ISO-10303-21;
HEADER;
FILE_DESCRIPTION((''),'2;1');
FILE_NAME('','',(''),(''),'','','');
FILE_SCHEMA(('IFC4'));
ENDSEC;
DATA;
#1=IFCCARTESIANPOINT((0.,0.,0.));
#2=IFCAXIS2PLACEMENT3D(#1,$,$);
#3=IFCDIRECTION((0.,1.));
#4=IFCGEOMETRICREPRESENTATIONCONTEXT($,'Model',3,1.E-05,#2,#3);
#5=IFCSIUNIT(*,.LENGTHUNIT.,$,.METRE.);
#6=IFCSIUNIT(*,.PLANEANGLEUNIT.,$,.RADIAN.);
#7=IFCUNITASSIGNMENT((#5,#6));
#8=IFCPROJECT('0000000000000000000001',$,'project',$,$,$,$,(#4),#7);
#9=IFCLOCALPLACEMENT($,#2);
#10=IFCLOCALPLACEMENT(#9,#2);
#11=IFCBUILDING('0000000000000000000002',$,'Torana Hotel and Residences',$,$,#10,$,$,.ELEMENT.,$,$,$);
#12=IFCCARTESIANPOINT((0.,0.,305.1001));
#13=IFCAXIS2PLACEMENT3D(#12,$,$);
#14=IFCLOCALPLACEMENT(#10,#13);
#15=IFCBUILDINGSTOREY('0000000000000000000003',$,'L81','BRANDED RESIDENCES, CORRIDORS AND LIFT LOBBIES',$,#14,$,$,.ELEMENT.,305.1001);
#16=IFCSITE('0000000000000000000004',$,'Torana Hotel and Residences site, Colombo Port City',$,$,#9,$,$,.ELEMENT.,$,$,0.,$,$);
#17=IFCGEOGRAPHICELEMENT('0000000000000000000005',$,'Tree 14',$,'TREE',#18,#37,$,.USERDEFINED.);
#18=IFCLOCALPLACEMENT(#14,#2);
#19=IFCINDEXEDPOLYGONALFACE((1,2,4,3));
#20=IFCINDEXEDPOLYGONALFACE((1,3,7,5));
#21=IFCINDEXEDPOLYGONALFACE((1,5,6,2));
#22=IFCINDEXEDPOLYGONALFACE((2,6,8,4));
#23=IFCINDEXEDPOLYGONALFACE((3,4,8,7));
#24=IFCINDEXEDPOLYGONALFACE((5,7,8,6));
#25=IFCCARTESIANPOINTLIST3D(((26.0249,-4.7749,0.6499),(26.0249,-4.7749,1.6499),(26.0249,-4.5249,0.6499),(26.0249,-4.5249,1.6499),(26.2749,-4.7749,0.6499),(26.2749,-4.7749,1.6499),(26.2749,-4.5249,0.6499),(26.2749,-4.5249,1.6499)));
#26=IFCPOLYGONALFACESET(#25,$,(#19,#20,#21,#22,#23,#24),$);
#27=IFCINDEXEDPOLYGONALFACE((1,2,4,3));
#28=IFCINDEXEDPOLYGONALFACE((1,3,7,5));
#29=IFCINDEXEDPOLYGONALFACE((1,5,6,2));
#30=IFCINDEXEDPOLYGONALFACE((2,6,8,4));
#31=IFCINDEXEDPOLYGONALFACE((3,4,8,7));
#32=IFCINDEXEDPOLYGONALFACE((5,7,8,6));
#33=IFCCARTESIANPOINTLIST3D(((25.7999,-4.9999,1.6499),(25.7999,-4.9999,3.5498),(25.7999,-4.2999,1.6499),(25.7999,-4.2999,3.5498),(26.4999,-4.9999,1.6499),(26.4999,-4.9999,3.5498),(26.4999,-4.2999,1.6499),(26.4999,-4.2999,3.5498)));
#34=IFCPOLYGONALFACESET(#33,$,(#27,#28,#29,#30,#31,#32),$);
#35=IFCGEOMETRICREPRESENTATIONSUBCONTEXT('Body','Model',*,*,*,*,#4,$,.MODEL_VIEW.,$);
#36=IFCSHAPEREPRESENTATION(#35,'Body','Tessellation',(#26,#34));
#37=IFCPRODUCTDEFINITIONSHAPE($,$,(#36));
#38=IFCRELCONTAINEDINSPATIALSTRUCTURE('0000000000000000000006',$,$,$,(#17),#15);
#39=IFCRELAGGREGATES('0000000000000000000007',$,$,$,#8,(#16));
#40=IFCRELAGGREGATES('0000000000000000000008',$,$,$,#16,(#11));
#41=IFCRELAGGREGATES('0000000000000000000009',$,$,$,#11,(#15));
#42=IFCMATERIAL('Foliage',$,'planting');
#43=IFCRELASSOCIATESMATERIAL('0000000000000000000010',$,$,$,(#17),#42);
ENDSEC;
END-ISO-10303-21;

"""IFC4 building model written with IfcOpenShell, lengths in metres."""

from ifc_helpers import new_model, si_unit, direction, frame, origin, origin_2d, place, context, subcontext, project, spatial, rectangle, extrude, material, element, save


model = new_model("IFC4")

# Units and contexts
model_context = context("Model", 3, precision=1e-05, world=origin(), true_north=direction((0.0, 1.0)))
body_context = subcontext(model_context, "Body", "Model", "MODEL_VIEW")
ifc_project = project(units=[si_unit("LENGTHUNIT", "METRE"), si_unit("PLANEANGLEUNIT", "RADIAN")], contexts=[model_context])

# Site, building, storey
site_placement = place(None, origin())
site = spatial("IfcSite", under=ifc_project, at=site_placement, Name="Torana Hotel and Residences site, Colombo Port City", CompositionType="ELEMENT", RefElevation=0.0)
building_placement = place(site_placement, origin())
building = spatial("IfcBuilding", under=site, at=building_placement, Name="Torana Hotel and Residences", CompositionType="ELEMENT")
storey_placement = place(building_placement, frame((0.0, 0.0, 305.1001)))
storey = spatial("IfcBuildingStorey", under=building, at=storey_placement, Name="L81", Description="BRANDED RESIDENCES, CORRIDORS AND LIFT LOBBIES", CompositionType="ELEMENT", Elevation=305.1001)

# Geographic element
ifc_material_1 = material(Name="Foliage", Category="planting")
geographic_element_placement = place(storey_placement, frame((26.1499, -4.6499, 0.6499), z_axis=(0.0, 0.0, 1.0), x_axis=(1.0, 0.0, 0.0)))
element("IfcGeographicElement", 1, at=geographic_element_placement, inside=storey, material=ifc_material_1, Name="Tree 14", ObjectType="TREE", PredefinedType="USERDEFINED", context=body_context, shape_type="SweptSolid", body=[
    extrude(rectangle(XDim=0.25, YDim=0.25, at=origin_2d()), origin(), (0.0, 0.0, 1.0), 1.0),
    extrude(rectangle(XDim=0.7, YDim=0.7, at=origin_2d()), frame((0.0, 0.0, 1.0)), (0.0, 0.0, 1.0), 1.8999),
])

save(model, "model.ifc")
